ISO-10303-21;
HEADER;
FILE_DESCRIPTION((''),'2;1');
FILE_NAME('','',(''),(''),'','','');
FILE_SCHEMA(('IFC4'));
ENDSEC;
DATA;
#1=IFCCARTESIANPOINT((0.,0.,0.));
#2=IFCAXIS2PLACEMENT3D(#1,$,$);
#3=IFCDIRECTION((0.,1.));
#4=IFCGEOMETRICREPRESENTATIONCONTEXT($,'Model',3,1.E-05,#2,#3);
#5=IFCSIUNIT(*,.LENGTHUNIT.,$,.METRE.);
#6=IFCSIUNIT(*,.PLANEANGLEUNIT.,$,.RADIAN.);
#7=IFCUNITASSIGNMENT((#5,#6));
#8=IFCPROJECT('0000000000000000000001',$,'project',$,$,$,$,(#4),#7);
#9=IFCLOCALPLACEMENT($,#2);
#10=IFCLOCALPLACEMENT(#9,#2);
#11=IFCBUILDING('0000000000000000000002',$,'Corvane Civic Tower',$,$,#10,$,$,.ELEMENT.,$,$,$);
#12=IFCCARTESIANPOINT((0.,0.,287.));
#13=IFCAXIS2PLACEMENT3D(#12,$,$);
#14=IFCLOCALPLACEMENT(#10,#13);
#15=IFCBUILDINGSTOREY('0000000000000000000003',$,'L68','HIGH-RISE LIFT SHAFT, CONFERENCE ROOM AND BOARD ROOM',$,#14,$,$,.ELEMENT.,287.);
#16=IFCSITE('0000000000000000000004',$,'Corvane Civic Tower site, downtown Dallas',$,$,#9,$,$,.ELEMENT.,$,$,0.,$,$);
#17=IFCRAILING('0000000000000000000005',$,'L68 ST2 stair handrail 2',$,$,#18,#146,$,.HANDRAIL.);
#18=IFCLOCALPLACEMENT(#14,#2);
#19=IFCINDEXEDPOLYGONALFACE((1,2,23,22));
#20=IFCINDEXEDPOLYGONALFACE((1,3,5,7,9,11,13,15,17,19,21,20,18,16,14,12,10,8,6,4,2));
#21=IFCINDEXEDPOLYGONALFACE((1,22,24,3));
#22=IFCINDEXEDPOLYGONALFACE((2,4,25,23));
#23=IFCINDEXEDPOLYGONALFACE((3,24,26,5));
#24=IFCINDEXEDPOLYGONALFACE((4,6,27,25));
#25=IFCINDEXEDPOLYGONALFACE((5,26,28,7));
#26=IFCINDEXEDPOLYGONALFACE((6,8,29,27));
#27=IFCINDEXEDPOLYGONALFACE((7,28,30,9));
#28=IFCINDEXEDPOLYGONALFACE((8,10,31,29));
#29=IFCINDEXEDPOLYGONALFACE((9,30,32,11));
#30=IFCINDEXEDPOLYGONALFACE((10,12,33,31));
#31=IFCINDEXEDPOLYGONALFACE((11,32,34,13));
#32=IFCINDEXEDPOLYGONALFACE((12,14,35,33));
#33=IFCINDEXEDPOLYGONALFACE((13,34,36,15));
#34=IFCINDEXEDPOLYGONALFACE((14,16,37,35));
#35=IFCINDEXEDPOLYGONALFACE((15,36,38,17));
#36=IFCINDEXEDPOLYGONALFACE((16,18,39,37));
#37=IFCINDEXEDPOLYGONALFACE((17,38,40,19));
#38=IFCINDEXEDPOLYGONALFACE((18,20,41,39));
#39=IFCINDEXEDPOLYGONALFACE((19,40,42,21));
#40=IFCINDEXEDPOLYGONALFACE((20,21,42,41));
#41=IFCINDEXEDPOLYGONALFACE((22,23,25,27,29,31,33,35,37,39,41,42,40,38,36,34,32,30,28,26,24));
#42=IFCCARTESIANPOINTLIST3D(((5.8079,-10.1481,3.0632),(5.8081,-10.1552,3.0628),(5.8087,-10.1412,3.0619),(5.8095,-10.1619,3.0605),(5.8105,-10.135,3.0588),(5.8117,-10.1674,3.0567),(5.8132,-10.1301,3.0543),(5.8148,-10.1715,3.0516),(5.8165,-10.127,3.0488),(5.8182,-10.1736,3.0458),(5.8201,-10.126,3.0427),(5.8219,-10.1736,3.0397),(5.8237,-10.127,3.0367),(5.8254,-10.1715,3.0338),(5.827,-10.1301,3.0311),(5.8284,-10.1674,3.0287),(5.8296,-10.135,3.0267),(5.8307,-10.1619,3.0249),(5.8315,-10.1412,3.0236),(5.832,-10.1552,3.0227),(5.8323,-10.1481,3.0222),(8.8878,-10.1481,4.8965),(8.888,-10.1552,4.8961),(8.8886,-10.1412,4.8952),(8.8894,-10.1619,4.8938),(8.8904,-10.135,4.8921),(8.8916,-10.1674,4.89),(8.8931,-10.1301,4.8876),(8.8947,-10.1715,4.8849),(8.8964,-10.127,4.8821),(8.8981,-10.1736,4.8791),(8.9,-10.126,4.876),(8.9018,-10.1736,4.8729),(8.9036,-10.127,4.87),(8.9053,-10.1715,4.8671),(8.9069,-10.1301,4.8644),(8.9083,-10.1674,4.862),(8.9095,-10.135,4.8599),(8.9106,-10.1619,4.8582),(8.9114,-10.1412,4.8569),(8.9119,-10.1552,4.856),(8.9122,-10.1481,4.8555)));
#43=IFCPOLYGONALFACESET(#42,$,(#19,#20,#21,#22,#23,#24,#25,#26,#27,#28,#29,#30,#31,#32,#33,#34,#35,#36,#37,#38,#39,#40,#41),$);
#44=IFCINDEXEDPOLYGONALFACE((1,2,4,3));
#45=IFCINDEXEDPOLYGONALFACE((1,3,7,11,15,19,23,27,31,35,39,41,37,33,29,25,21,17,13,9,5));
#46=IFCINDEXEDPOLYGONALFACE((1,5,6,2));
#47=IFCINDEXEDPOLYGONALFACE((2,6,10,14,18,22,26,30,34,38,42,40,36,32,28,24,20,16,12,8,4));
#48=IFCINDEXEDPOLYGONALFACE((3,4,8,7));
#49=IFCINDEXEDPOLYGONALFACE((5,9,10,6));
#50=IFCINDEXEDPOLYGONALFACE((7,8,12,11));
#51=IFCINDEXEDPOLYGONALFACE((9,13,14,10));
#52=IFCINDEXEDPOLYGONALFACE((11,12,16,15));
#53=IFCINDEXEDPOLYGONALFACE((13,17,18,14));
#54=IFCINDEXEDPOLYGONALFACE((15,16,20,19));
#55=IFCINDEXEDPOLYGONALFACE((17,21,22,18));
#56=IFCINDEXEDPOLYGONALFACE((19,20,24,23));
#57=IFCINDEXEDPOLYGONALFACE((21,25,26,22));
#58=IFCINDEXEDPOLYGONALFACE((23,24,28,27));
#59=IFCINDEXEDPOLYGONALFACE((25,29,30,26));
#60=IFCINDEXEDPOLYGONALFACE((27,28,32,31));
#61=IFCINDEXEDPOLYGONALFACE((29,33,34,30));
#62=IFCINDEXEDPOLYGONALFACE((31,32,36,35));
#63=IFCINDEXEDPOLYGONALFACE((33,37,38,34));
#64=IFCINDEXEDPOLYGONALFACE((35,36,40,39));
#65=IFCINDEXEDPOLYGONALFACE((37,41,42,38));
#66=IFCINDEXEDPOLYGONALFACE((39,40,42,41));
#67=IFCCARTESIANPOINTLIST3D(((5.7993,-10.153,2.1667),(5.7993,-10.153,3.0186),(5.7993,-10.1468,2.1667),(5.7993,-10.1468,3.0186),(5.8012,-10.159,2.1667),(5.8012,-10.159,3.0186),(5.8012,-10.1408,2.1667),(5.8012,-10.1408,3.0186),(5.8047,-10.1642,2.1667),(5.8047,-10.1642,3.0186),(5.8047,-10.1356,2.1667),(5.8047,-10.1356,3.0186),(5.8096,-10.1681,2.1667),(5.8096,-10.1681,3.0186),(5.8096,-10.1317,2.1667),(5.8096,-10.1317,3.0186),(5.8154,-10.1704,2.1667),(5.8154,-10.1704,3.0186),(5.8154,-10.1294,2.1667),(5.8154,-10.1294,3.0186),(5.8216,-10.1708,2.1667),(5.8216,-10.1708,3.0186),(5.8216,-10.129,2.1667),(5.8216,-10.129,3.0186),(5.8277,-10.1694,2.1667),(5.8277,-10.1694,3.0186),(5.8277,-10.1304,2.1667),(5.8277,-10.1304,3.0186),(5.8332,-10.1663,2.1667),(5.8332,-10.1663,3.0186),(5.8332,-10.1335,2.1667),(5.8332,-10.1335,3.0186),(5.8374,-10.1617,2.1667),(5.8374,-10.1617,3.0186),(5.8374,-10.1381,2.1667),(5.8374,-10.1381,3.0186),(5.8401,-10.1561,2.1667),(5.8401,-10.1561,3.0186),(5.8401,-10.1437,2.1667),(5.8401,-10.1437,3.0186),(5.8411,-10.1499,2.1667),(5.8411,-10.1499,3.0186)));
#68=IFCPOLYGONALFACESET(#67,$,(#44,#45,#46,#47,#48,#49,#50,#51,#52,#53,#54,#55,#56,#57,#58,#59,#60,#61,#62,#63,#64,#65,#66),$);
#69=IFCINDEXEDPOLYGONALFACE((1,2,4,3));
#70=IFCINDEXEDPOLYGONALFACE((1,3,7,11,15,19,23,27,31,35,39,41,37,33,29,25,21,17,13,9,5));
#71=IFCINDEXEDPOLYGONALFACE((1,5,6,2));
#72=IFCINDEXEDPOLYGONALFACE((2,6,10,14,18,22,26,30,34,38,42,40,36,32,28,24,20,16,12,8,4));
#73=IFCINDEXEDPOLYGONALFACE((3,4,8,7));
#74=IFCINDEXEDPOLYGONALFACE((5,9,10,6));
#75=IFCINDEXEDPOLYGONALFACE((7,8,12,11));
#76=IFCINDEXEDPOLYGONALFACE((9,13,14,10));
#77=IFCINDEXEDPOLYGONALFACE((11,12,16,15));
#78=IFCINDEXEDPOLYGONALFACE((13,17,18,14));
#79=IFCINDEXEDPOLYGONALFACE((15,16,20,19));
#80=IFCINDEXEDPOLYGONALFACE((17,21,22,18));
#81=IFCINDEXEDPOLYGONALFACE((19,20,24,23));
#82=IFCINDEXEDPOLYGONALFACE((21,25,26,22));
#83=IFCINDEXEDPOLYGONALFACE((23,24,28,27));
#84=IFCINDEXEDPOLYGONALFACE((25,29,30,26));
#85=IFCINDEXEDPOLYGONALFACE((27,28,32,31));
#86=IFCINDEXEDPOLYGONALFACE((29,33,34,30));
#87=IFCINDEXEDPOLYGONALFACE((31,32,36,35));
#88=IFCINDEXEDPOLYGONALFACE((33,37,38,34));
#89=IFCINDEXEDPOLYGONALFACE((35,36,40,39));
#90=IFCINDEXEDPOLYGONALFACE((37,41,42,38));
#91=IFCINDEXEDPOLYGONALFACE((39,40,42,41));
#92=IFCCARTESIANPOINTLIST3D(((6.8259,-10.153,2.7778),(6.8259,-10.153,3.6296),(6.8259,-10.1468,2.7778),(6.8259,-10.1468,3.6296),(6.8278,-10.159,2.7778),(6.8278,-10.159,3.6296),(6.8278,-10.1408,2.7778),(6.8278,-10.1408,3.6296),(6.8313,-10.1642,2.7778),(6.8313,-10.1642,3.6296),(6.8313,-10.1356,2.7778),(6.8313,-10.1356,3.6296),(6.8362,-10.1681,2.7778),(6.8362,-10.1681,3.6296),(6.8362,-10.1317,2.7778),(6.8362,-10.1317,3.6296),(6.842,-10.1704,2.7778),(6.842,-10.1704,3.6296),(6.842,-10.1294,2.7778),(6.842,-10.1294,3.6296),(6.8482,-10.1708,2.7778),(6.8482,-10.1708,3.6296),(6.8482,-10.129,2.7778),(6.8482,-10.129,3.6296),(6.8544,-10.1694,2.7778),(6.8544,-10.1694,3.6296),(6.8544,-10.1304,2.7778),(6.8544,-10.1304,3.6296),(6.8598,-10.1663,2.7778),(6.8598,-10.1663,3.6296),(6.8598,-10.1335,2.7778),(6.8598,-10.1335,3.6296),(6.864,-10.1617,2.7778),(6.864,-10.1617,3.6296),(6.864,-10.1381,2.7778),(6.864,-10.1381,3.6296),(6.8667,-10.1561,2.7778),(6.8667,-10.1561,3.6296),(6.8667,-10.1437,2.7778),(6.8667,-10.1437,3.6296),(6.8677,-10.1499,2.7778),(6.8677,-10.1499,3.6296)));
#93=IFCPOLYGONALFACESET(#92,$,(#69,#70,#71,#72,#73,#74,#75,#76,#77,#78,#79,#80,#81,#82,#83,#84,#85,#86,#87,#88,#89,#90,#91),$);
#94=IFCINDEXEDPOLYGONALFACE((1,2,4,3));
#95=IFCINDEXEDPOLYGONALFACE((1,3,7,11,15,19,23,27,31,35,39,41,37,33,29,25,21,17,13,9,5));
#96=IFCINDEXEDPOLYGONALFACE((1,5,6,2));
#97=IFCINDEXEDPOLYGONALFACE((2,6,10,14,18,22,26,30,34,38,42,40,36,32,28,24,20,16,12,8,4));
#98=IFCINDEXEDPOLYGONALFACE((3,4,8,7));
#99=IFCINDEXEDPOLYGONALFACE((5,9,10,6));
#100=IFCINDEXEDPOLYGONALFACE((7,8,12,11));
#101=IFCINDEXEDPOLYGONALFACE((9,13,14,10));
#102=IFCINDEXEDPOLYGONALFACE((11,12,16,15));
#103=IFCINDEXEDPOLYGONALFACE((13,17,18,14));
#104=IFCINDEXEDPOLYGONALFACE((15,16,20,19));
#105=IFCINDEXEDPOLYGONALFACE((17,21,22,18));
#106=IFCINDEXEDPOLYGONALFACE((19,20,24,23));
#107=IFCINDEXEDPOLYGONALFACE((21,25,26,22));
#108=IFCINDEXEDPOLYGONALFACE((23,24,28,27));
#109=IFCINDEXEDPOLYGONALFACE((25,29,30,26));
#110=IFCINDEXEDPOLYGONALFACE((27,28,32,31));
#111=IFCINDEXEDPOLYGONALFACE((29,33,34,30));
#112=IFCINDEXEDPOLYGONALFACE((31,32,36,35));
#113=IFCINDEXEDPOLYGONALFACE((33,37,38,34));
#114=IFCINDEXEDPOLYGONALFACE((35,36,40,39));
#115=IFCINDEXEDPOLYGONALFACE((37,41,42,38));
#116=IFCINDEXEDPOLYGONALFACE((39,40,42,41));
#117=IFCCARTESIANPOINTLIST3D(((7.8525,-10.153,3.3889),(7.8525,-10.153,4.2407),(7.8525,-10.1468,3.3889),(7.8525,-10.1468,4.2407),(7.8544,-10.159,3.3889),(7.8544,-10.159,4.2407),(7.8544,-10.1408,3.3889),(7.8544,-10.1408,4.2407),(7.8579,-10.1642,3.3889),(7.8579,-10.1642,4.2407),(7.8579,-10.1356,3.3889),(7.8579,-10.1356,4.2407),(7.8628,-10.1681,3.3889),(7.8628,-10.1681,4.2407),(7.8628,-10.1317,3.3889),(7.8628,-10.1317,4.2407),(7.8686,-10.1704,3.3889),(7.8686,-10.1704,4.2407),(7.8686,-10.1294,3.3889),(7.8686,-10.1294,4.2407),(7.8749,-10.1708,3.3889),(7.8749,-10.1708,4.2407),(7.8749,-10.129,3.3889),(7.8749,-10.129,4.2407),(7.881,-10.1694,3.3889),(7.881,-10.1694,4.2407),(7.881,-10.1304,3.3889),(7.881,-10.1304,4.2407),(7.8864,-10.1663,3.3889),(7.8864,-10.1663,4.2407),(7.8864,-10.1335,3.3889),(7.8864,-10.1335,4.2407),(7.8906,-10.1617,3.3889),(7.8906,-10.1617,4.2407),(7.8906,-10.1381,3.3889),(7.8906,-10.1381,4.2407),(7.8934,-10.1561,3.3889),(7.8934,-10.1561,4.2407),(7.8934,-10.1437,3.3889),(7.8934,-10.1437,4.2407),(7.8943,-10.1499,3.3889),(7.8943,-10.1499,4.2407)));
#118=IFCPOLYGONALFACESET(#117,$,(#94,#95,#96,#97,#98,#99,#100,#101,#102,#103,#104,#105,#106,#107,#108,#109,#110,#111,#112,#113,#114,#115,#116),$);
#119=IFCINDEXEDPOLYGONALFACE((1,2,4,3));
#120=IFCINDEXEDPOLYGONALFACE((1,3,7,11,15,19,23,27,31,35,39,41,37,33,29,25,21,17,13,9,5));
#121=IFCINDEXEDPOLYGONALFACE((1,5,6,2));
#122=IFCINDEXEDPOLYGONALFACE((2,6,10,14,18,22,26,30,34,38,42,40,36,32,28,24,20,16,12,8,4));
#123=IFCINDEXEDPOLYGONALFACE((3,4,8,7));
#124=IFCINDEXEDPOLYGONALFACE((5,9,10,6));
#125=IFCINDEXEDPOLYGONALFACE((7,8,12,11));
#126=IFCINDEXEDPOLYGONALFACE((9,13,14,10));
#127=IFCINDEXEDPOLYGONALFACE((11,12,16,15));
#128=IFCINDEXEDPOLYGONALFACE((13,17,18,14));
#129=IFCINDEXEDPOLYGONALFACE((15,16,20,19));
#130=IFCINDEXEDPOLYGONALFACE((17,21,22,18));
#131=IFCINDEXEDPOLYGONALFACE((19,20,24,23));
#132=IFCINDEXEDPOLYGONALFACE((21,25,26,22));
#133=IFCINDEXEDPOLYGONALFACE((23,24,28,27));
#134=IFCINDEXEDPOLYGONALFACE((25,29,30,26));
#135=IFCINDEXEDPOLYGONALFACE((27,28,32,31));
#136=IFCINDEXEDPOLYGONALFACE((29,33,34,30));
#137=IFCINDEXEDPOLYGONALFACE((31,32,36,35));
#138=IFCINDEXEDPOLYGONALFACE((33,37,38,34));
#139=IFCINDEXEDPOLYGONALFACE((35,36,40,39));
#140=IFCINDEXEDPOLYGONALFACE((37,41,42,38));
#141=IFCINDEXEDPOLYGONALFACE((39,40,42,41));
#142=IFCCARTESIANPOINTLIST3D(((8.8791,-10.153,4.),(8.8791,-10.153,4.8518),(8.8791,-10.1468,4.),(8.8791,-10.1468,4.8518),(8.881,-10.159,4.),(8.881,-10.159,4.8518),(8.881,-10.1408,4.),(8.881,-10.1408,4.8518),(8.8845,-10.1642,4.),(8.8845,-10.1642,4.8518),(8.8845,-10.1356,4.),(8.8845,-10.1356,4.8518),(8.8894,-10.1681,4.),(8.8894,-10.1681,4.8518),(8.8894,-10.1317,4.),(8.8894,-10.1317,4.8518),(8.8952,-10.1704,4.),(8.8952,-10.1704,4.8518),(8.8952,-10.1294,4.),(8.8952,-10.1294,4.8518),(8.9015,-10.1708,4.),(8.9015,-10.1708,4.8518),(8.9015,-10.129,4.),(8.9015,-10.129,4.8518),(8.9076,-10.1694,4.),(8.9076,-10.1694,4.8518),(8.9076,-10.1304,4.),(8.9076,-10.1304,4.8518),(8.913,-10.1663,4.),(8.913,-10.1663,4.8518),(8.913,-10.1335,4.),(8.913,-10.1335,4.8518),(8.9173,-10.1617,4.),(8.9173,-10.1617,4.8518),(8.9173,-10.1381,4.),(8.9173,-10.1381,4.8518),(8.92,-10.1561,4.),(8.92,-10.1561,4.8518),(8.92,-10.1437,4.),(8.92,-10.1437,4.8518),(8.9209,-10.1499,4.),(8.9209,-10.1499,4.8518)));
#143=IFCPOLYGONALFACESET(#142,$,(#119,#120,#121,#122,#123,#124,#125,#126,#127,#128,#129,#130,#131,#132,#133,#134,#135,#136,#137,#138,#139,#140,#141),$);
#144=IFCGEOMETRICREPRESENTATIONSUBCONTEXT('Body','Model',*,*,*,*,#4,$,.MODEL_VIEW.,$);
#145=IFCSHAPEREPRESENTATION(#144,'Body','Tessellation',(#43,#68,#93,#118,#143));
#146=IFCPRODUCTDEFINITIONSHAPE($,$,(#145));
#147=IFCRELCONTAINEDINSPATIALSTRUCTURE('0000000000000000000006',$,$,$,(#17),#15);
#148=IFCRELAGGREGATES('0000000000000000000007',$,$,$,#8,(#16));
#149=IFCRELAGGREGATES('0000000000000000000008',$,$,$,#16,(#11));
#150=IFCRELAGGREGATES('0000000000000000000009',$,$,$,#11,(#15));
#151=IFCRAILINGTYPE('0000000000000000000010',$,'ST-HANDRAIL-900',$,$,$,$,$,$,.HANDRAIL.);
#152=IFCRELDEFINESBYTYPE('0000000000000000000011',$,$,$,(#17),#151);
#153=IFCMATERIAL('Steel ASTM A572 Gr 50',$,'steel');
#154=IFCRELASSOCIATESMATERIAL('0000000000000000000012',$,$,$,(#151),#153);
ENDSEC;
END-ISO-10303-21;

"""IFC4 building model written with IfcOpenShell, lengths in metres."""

from ifc_helpers import new_model, si_unit, direction, frame, origin, origin_2d, place, context, subcontext, project, spatial, circle, extrude, material, type_object, element, save


model = new_model("IFC4")

# Units and contexts
model_context = context("Model", 3, precision=1e-05, world=origin(), true_north=direction((0.0, 1.0)))
body_context = subcontext(model_context, "Body", "Model", "MODEL_VIEW")
ifc_project = project(units=[si_unit("LENGTHUNIT", "METRE"), si_unit("PLANEANGLEUNIT", "RADIAN")], contexts=[model_context])

# Site, building, storey
site_placement = place(None, origin())
site = spatial("IfcSite", under=ifc_project, at=site_placement, Name="Corvane Civic Tower site, downtown Dallas", CompositionType="ELEMENT", RefElevation=0.0)
building_placement = place(site_placement, origin())
building = spatial("IfcBuilding", under=site, at=building_placement, Name="Corvane Civic Tower", CompositionType="ELEMENT")
storey_placement = place(building_placement, frame((0.0, 0.0, 287.0)))
storey = spatial("IfcBuildingStorey", under=building, at=storey_placement, Name="L68", Description="HIGH-RISE LIFT SHAFT, CONFERENCE ROOM AND BOARD ROOM", CompositionType="ELEMENT", Elevation=287.0)

# Railing
ifc_material_1 = material(Name="Steel ASTM A572 Gr 50", Category="steel")
railing_type_1 = type_object("IfcRailingType", Name="ST-HANDRAIL-900", PredefinedType="HANDRAIL", material=ifc_material_1)
railing_1_placement = place(storey_placement, frame((5.8201, -10.1499, 2.1667)))
element("IfcRailing", 1, at=railing_1_placement, inside=storey, type_object=railing_type_1, Name="L68 ST2 stair handrail 2", PredefinedType="HANDRAIL", context=body_context, shape_type="SweptSolid", body=[
    extrude(circle(Radius=0.0239, at=origin_2d()), frame((0.0, 0.0, 0.876), z_axis=(0.859291, 0.0, 0.511487), x_axis=(0.0, 1.0, 0.0)), (0.0, 0.0, 1.0), 3.5842),
    extrude(circle(Radius=0.021, at=origin_2d()), origin(), (0.0, 0.0, 1.0), 0.8518),
    extrude(circle(Radius=0.021, at=origin_2d()), frame((1.0266, 0.0, 0.6111)), (0.0, 0.0, 1.0), 0.8518),
    extrude(circle(Radius=0.021, at=origin_2d()), frame((2.0532, 0.0, 1.2222)), (0.0, 0.0, 1.0), 0.8518),
    extrude(circle(Radius=0.021, at=origin_2d()), frame((3.0798, 0.0, 1.8333)), (0.0, 0.0, 1.0), 0.8518),
])

save(model, "model.ifc")
